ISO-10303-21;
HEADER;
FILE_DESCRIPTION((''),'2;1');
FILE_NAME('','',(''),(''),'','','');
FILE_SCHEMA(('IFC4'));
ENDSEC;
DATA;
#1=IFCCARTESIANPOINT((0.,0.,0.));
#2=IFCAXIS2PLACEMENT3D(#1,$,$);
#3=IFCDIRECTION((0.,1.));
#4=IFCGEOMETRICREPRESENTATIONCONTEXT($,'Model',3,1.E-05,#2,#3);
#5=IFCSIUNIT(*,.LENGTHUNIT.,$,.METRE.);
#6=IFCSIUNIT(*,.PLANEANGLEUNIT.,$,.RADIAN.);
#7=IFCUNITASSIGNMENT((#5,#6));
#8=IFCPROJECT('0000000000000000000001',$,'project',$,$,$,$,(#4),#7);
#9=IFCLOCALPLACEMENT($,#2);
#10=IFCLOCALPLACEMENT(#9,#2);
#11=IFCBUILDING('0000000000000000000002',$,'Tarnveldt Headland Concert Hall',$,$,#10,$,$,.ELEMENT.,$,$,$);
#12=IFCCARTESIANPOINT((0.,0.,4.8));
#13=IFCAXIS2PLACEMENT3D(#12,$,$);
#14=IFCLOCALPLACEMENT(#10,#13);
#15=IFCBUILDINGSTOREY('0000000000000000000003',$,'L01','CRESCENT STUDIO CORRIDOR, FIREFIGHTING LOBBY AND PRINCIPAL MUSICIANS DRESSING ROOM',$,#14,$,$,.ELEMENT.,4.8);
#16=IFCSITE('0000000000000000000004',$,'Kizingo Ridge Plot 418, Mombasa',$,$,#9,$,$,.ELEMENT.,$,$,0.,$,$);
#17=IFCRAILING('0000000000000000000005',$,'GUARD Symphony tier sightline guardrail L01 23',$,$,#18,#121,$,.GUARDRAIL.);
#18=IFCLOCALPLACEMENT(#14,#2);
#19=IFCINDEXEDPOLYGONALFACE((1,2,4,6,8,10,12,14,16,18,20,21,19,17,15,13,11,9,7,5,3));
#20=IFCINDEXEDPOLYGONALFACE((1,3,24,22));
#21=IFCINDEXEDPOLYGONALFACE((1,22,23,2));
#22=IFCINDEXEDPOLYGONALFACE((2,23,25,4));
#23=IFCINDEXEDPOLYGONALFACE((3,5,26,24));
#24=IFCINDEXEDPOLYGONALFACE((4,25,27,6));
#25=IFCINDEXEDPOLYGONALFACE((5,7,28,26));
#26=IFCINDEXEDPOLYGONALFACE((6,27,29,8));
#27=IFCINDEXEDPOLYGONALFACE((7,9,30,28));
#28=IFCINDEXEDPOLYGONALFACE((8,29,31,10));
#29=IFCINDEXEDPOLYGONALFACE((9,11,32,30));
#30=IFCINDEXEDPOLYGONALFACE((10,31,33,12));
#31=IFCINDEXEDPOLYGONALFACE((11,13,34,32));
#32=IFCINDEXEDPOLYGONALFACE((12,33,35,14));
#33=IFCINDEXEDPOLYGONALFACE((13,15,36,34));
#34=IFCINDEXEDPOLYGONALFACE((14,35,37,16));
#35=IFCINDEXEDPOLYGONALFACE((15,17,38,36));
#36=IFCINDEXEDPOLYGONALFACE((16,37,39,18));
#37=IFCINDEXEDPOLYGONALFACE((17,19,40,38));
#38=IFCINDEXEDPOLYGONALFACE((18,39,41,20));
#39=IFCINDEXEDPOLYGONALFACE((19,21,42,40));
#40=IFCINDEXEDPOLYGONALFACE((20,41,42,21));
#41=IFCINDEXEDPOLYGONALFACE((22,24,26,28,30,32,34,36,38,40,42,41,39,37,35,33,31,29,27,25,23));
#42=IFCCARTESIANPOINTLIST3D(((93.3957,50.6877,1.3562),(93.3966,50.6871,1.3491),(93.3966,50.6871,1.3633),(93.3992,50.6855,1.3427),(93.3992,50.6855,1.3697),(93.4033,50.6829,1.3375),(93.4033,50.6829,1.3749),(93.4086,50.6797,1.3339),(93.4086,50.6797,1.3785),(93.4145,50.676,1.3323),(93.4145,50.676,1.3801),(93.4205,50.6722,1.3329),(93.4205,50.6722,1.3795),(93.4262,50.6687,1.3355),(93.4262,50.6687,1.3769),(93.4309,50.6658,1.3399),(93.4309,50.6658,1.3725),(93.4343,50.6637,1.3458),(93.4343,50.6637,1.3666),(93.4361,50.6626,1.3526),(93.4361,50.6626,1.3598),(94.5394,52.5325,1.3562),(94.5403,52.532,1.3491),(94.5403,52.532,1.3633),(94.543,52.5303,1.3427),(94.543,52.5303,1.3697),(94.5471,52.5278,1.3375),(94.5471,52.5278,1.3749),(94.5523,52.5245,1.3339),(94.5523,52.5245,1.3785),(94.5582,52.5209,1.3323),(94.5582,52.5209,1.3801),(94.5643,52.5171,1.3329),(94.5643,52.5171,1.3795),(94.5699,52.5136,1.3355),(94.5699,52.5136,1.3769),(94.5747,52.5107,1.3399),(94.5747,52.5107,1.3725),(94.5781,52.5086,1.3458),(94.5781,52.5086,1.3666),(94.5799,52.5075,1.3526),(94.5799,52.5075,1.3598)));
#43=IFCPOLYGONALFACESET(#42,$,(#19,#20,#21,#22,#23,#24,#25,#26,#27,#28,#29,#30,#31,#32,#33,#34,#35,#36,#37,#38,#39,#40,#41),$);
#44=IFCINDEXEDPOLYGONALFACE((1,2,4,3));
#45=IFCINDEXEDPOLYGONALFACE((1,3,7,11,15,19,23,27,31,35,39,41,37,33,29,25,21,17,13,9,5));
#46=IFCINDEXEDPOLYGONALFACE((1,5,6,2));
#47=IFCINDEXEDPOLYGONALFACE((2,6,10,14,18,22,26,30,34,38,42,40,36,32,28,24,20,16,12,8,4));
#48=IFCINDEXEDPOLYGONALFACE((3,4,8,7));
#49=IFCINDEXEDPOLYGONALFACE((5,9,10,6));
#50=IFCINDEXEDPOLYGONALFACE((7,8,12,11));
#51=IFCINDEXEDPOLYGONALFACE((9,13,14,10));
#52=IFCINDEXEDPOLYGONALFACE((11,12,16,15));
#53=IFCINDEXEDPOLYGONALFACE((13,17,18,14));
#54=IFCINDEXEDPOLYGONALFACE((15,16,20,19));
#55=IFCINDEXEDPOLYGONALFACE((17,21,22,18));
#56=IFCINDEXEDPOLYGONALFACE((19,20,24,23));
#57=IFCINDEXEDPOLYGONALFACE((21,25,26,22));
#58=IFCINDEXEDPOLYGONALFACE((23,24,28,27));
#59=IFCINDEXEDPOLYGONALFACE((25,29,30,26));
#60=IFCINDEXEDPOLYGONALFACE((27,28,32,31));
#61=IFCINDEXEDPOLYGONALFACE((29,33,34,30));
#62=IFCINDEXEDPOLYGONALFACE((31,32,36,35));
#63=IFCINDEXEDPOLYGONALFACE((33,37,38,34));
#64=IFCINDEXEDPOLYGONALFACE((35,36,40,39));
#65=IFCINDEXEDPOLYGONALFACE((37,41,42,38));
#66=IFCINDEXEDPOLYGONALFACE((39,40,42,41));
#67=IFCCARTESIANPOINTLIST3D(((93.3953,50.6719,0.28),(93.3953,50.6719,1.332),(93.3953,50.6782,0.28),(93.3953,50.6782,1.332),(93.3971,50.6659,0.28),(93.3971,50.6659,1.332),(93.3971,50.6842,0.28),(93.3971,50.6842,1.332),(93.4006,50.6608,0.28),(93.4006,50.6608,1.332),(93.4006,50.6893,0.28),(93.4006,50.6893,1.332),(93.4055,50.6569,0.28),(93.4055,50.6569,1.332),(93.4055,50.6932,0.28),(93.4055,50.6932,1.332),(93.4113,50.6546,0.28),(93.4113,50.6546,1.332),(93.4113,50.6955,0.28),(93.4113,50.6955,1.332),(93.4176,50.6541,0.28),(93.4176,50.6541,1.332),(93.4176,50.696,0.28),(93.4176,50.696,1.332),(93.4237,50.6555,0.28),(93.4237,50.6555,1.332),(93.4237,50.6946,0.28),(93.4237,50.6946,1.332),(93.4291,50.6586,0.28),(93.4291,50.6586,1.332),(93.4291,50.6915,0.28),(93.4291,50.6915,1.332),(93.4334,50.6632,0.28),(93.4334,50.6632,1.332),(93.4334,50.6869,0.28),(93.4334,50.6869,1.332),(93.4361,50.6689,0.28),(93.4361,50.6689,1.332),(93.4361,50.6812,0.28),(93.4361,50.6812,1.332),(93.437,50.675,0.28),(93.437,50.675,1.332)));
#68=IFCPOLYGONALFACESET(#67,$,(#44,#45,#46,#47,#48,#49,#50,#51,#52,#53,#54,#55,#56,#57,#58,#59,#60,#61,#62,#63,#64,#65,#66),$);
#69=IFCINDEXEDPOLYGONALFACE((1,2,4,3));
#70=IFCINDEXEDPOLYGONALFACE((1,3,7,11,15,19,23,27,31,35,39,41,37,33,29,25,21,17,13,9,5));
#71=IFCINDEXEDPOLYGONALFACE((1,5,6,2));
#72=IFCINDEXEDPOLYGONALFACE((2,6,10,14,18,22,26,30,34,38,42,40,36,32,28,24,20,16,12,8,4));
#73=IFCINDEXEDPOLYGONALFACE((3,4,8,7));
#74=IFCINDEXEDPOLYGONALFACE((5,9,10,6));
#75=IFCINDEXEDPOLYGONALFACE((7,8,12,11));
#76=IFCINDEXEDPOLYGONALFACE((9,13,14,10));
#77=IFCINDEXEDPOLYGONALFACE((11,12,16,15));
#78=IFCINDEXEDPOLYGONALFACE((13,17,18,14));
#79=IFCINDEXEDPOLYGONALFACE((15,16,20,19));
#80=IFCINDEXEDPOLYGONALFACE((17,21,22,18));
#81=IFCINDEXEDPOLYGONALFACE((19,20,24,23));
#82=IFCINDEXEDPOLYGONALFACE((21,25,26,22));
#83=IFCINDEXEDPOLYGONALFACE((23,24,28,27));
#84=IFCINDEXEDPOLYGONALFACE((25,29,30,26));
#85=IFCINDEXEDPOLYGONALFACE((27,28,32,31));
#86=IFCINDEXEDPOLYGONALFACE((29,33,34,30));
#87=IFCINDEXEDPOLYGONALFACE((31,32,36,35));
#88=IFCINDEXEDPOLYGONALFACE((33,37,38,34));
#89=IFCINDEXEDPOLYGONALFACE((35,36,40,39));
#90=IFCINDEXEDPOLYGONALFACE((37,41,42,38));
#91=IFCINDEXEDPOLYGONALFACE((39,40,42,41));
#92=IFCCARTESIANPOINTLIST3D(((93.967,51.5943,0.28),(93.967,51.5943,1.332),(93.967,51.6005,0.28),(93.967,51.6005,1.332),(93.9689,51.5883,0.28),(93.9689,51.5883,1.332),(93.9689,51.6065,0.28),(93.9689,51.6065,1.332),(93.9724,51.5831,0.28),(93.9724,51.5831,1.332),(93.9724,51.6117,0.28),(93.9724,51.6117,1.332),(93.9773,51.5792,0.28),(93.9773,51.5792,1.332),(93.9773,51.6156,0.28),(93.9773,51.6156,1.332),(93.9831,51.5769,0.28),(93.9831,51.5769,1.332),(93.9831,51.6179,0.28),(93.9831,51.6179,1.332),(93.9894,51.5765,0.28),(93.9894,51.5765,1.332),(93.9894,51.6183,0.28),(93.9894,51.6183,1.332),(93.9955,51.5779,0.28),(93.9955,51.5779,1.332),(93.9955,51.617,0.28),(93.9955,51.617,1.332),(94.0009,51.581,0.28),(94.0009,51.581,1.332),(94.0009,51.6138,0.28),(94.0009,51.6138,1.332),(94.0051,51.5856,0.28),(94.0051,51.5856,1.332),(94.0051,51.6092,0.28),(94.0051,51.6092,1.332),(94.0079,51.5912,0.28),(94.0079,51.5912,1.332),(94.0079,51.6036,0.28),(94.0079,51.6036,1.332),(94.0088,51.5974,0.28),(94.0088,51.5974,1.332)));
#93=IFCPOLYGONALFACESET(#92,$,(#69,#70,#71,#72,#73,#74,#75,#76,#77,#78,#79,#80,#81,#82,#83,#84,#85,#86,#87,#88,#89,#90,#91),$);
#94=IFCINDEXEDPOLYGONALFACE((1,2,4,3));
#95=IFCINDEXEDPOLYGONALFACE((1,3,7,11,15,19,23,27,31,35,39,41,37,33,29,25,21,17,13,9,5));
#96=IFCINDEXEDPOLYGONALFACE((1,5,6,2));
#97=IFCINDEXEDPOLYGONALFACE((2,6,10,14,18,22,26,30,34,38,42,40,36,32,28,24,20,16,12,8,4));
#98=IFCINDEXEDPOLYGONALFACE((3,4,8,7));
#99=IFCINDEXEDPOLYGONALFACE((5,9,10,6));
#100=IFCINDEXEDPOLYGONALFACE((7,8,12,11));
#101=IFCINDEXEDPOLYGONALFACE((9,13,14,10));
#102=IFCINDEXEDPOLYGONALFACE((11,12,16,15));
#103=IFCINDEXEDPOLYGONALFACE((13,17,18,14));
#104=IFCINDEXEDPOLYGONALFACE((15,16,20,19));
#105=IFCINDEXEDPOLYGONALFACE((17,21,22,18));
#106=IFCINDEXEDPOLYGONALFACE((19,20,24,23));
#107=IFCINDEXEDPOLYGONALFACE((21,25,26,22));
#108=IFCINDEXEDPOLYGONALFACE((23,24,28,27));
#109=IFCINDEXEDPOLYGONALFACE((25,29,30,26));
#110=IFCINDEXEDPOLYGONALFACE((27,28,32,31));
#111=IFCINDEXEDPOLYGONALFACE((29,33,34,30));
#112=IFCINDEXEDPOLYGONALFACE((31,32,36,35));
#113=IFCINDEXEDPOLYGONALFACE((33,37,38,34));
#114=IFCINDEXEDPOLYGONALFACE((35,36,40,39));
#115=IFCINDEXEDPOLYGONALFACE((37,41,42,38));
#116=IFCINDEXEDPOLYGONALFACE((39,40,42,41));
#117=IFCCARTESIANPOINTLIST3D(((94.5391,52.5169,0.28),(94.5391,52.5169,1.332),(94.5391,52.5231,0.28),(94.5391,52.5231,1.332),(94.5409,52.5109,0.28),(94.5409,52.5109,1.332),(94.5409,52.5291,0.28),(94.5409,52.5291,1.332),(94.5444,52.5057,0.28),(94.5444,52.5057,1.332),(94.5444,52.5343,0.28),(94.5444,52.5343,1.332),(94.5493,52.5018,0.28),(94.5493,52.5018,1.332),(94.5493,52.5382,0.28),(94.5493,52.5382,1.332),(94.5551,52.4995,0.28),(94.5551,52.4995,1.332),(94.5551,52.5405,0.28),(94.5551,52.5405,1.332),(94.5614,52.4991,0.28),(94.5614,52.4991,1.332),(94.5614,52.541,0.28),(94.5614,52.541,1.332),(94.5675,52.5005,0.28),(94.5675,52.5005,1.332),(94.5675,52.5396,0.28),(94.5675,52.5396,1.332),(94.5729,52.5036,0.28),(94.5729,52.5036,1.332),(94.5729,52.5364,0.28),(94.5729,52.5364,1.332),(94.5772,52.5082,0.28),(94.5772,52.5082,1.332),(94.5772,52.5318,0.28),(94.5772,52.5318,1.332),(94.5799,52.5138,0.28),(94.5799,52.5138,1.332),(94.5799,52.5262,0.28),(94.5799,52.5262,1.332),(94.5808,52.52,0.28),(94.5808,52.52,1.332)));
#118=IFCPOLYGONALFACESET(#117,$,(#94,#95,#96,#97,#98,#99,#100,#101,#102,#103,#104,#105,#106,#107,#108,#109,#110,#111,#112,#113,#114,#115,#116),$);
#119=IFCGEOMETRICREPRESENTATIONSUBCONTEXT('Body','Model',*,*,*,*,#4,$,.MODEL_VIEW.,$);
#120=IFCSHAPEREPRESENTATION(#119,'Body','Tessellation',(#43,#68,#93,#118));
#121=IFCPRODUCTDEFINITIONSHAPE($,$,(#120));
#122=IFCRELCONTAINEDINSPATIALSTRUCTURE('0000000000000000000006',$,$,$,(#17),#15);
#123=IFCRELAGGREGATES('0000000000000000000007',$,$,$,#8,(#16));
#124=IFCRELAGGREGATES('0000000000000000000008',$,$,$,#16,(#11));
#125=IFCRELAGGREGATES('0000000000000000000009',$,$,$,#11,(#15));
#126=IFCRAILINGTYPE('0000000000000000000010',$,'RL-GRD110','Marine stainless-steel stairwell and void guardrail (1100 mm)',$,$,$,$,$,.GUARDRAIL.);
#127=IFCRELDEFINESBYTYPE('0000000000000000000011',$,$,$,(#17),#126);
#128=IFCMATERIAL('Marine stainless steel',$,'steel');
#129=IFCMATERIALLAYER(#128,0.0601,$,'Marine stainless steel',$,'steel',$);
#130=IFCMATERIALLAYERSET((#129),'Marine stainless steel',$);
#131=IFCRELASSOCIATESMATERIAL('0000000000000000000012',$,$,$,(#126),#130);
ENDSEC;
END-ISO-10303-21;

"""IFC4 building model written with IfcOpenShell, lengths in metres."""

from ifc_helpers import new_model, si_unit, direction, frame, origin, origin_2d, place, context, subcontext, project, spatial, circle, extrude, material, layer, layer_set, type_object, element, save


model = new_model("IFC4")

# Units and contexts
model_context = context("Model", 3, precision=1e-05, world=origin(), true_north=direction((0.0, 1.0)))
body_context = subcontext(model_context, "Body", "Model", "MODEL_VIEW")
ifc_project = project(units=[si_unit("LENGTHUNIT", "METRE"), si_unit("PLANEANGLEUNIT", "RADIAN")], contexts=[model_context])

# Site, building, storey
site_placement = place(None, origin())
site = spatial("IfcSite", under=ifc_project, at=site_placement, Name="Kizingo Ridge Plot 418, Mombasa", CompositionType="ELEMENT", RefElevation=0.0)
building_placement = place(site_placement, origin())
building = spatial("IfcBuilding", under=site, at=building_placement, Name="Tarnveldt Headland Concert Hall", CompositionType="ELEMENT")
storey_placement = place(building_placement, frame((0.0, 0.0, 4.8)))
storey = spatial("IfcBuildingStorey", under=building, at=storey_placement, Name="L01", Description="CRESCENT STUDIO CORRIDOR, FIREFIGHTING LOBBY AND PRINCIPAL MUSICIANS DRESSING ROOM", CompositionType="ELEMENT", Elevation=4.8)

# Railing
ifc_material_1 = material(Name="Marine stainless steel", Category="steel")
ifc_layer_1 = layer(ifc_material_1, 0.0601, Name="Marine stainless steel", Category="steel")
ifc_layer_set_1 = layer_set([ifc_layer_1], Name="Marine stainless steel")
railing_type_1 = type_object("IfcRailingType", Name="RL-GRD110", Description="Marine stainless-steel stairwell and void guardrail (1100 mm)", PredefinedType="GUARDRAIL", material=ifc_layer_set_1)
railing_1_placement = place(storey_placement, frame((93.416, 50.675, 0.28)))
element("IfcRailing", 1, at=railing_1_placement, inside=storey, type_object=railing_type_1, Name="GUARD Symphony tier sightline guardrail L01 23", PredefinedType="GUARDRAIL", context=body_context, shape_type="SweptSolid", body=[
    extrude(circle(Radius=0.0239, at=origin_2d()), frame((0.0, 0.0, 1.0762), z_axis=(0.526912, 0.84992, 0.0), x_axis=(-0.84992, 0.526912, 0.0)), (0.0, 0.0, 1.0), 2.1707),
    extrude(circle(Radius=0.021, at=origin_2d()), origin(), (0.0, 0.0, 1.0), 1.052),
    extrude(circle(Radius=0.021, at=origin_2d()), frame((0.5718, 0.9224, 0.0)), (0.0, 0.0, 1.0), 1.052),
    extrude(circle(Radius=0.021, at=origin_2d()), frame((1.1438, 1.845, 0.0)), (0.0, 0.0, 1.0), 1.052),
])

save(model, "model.ifc")
